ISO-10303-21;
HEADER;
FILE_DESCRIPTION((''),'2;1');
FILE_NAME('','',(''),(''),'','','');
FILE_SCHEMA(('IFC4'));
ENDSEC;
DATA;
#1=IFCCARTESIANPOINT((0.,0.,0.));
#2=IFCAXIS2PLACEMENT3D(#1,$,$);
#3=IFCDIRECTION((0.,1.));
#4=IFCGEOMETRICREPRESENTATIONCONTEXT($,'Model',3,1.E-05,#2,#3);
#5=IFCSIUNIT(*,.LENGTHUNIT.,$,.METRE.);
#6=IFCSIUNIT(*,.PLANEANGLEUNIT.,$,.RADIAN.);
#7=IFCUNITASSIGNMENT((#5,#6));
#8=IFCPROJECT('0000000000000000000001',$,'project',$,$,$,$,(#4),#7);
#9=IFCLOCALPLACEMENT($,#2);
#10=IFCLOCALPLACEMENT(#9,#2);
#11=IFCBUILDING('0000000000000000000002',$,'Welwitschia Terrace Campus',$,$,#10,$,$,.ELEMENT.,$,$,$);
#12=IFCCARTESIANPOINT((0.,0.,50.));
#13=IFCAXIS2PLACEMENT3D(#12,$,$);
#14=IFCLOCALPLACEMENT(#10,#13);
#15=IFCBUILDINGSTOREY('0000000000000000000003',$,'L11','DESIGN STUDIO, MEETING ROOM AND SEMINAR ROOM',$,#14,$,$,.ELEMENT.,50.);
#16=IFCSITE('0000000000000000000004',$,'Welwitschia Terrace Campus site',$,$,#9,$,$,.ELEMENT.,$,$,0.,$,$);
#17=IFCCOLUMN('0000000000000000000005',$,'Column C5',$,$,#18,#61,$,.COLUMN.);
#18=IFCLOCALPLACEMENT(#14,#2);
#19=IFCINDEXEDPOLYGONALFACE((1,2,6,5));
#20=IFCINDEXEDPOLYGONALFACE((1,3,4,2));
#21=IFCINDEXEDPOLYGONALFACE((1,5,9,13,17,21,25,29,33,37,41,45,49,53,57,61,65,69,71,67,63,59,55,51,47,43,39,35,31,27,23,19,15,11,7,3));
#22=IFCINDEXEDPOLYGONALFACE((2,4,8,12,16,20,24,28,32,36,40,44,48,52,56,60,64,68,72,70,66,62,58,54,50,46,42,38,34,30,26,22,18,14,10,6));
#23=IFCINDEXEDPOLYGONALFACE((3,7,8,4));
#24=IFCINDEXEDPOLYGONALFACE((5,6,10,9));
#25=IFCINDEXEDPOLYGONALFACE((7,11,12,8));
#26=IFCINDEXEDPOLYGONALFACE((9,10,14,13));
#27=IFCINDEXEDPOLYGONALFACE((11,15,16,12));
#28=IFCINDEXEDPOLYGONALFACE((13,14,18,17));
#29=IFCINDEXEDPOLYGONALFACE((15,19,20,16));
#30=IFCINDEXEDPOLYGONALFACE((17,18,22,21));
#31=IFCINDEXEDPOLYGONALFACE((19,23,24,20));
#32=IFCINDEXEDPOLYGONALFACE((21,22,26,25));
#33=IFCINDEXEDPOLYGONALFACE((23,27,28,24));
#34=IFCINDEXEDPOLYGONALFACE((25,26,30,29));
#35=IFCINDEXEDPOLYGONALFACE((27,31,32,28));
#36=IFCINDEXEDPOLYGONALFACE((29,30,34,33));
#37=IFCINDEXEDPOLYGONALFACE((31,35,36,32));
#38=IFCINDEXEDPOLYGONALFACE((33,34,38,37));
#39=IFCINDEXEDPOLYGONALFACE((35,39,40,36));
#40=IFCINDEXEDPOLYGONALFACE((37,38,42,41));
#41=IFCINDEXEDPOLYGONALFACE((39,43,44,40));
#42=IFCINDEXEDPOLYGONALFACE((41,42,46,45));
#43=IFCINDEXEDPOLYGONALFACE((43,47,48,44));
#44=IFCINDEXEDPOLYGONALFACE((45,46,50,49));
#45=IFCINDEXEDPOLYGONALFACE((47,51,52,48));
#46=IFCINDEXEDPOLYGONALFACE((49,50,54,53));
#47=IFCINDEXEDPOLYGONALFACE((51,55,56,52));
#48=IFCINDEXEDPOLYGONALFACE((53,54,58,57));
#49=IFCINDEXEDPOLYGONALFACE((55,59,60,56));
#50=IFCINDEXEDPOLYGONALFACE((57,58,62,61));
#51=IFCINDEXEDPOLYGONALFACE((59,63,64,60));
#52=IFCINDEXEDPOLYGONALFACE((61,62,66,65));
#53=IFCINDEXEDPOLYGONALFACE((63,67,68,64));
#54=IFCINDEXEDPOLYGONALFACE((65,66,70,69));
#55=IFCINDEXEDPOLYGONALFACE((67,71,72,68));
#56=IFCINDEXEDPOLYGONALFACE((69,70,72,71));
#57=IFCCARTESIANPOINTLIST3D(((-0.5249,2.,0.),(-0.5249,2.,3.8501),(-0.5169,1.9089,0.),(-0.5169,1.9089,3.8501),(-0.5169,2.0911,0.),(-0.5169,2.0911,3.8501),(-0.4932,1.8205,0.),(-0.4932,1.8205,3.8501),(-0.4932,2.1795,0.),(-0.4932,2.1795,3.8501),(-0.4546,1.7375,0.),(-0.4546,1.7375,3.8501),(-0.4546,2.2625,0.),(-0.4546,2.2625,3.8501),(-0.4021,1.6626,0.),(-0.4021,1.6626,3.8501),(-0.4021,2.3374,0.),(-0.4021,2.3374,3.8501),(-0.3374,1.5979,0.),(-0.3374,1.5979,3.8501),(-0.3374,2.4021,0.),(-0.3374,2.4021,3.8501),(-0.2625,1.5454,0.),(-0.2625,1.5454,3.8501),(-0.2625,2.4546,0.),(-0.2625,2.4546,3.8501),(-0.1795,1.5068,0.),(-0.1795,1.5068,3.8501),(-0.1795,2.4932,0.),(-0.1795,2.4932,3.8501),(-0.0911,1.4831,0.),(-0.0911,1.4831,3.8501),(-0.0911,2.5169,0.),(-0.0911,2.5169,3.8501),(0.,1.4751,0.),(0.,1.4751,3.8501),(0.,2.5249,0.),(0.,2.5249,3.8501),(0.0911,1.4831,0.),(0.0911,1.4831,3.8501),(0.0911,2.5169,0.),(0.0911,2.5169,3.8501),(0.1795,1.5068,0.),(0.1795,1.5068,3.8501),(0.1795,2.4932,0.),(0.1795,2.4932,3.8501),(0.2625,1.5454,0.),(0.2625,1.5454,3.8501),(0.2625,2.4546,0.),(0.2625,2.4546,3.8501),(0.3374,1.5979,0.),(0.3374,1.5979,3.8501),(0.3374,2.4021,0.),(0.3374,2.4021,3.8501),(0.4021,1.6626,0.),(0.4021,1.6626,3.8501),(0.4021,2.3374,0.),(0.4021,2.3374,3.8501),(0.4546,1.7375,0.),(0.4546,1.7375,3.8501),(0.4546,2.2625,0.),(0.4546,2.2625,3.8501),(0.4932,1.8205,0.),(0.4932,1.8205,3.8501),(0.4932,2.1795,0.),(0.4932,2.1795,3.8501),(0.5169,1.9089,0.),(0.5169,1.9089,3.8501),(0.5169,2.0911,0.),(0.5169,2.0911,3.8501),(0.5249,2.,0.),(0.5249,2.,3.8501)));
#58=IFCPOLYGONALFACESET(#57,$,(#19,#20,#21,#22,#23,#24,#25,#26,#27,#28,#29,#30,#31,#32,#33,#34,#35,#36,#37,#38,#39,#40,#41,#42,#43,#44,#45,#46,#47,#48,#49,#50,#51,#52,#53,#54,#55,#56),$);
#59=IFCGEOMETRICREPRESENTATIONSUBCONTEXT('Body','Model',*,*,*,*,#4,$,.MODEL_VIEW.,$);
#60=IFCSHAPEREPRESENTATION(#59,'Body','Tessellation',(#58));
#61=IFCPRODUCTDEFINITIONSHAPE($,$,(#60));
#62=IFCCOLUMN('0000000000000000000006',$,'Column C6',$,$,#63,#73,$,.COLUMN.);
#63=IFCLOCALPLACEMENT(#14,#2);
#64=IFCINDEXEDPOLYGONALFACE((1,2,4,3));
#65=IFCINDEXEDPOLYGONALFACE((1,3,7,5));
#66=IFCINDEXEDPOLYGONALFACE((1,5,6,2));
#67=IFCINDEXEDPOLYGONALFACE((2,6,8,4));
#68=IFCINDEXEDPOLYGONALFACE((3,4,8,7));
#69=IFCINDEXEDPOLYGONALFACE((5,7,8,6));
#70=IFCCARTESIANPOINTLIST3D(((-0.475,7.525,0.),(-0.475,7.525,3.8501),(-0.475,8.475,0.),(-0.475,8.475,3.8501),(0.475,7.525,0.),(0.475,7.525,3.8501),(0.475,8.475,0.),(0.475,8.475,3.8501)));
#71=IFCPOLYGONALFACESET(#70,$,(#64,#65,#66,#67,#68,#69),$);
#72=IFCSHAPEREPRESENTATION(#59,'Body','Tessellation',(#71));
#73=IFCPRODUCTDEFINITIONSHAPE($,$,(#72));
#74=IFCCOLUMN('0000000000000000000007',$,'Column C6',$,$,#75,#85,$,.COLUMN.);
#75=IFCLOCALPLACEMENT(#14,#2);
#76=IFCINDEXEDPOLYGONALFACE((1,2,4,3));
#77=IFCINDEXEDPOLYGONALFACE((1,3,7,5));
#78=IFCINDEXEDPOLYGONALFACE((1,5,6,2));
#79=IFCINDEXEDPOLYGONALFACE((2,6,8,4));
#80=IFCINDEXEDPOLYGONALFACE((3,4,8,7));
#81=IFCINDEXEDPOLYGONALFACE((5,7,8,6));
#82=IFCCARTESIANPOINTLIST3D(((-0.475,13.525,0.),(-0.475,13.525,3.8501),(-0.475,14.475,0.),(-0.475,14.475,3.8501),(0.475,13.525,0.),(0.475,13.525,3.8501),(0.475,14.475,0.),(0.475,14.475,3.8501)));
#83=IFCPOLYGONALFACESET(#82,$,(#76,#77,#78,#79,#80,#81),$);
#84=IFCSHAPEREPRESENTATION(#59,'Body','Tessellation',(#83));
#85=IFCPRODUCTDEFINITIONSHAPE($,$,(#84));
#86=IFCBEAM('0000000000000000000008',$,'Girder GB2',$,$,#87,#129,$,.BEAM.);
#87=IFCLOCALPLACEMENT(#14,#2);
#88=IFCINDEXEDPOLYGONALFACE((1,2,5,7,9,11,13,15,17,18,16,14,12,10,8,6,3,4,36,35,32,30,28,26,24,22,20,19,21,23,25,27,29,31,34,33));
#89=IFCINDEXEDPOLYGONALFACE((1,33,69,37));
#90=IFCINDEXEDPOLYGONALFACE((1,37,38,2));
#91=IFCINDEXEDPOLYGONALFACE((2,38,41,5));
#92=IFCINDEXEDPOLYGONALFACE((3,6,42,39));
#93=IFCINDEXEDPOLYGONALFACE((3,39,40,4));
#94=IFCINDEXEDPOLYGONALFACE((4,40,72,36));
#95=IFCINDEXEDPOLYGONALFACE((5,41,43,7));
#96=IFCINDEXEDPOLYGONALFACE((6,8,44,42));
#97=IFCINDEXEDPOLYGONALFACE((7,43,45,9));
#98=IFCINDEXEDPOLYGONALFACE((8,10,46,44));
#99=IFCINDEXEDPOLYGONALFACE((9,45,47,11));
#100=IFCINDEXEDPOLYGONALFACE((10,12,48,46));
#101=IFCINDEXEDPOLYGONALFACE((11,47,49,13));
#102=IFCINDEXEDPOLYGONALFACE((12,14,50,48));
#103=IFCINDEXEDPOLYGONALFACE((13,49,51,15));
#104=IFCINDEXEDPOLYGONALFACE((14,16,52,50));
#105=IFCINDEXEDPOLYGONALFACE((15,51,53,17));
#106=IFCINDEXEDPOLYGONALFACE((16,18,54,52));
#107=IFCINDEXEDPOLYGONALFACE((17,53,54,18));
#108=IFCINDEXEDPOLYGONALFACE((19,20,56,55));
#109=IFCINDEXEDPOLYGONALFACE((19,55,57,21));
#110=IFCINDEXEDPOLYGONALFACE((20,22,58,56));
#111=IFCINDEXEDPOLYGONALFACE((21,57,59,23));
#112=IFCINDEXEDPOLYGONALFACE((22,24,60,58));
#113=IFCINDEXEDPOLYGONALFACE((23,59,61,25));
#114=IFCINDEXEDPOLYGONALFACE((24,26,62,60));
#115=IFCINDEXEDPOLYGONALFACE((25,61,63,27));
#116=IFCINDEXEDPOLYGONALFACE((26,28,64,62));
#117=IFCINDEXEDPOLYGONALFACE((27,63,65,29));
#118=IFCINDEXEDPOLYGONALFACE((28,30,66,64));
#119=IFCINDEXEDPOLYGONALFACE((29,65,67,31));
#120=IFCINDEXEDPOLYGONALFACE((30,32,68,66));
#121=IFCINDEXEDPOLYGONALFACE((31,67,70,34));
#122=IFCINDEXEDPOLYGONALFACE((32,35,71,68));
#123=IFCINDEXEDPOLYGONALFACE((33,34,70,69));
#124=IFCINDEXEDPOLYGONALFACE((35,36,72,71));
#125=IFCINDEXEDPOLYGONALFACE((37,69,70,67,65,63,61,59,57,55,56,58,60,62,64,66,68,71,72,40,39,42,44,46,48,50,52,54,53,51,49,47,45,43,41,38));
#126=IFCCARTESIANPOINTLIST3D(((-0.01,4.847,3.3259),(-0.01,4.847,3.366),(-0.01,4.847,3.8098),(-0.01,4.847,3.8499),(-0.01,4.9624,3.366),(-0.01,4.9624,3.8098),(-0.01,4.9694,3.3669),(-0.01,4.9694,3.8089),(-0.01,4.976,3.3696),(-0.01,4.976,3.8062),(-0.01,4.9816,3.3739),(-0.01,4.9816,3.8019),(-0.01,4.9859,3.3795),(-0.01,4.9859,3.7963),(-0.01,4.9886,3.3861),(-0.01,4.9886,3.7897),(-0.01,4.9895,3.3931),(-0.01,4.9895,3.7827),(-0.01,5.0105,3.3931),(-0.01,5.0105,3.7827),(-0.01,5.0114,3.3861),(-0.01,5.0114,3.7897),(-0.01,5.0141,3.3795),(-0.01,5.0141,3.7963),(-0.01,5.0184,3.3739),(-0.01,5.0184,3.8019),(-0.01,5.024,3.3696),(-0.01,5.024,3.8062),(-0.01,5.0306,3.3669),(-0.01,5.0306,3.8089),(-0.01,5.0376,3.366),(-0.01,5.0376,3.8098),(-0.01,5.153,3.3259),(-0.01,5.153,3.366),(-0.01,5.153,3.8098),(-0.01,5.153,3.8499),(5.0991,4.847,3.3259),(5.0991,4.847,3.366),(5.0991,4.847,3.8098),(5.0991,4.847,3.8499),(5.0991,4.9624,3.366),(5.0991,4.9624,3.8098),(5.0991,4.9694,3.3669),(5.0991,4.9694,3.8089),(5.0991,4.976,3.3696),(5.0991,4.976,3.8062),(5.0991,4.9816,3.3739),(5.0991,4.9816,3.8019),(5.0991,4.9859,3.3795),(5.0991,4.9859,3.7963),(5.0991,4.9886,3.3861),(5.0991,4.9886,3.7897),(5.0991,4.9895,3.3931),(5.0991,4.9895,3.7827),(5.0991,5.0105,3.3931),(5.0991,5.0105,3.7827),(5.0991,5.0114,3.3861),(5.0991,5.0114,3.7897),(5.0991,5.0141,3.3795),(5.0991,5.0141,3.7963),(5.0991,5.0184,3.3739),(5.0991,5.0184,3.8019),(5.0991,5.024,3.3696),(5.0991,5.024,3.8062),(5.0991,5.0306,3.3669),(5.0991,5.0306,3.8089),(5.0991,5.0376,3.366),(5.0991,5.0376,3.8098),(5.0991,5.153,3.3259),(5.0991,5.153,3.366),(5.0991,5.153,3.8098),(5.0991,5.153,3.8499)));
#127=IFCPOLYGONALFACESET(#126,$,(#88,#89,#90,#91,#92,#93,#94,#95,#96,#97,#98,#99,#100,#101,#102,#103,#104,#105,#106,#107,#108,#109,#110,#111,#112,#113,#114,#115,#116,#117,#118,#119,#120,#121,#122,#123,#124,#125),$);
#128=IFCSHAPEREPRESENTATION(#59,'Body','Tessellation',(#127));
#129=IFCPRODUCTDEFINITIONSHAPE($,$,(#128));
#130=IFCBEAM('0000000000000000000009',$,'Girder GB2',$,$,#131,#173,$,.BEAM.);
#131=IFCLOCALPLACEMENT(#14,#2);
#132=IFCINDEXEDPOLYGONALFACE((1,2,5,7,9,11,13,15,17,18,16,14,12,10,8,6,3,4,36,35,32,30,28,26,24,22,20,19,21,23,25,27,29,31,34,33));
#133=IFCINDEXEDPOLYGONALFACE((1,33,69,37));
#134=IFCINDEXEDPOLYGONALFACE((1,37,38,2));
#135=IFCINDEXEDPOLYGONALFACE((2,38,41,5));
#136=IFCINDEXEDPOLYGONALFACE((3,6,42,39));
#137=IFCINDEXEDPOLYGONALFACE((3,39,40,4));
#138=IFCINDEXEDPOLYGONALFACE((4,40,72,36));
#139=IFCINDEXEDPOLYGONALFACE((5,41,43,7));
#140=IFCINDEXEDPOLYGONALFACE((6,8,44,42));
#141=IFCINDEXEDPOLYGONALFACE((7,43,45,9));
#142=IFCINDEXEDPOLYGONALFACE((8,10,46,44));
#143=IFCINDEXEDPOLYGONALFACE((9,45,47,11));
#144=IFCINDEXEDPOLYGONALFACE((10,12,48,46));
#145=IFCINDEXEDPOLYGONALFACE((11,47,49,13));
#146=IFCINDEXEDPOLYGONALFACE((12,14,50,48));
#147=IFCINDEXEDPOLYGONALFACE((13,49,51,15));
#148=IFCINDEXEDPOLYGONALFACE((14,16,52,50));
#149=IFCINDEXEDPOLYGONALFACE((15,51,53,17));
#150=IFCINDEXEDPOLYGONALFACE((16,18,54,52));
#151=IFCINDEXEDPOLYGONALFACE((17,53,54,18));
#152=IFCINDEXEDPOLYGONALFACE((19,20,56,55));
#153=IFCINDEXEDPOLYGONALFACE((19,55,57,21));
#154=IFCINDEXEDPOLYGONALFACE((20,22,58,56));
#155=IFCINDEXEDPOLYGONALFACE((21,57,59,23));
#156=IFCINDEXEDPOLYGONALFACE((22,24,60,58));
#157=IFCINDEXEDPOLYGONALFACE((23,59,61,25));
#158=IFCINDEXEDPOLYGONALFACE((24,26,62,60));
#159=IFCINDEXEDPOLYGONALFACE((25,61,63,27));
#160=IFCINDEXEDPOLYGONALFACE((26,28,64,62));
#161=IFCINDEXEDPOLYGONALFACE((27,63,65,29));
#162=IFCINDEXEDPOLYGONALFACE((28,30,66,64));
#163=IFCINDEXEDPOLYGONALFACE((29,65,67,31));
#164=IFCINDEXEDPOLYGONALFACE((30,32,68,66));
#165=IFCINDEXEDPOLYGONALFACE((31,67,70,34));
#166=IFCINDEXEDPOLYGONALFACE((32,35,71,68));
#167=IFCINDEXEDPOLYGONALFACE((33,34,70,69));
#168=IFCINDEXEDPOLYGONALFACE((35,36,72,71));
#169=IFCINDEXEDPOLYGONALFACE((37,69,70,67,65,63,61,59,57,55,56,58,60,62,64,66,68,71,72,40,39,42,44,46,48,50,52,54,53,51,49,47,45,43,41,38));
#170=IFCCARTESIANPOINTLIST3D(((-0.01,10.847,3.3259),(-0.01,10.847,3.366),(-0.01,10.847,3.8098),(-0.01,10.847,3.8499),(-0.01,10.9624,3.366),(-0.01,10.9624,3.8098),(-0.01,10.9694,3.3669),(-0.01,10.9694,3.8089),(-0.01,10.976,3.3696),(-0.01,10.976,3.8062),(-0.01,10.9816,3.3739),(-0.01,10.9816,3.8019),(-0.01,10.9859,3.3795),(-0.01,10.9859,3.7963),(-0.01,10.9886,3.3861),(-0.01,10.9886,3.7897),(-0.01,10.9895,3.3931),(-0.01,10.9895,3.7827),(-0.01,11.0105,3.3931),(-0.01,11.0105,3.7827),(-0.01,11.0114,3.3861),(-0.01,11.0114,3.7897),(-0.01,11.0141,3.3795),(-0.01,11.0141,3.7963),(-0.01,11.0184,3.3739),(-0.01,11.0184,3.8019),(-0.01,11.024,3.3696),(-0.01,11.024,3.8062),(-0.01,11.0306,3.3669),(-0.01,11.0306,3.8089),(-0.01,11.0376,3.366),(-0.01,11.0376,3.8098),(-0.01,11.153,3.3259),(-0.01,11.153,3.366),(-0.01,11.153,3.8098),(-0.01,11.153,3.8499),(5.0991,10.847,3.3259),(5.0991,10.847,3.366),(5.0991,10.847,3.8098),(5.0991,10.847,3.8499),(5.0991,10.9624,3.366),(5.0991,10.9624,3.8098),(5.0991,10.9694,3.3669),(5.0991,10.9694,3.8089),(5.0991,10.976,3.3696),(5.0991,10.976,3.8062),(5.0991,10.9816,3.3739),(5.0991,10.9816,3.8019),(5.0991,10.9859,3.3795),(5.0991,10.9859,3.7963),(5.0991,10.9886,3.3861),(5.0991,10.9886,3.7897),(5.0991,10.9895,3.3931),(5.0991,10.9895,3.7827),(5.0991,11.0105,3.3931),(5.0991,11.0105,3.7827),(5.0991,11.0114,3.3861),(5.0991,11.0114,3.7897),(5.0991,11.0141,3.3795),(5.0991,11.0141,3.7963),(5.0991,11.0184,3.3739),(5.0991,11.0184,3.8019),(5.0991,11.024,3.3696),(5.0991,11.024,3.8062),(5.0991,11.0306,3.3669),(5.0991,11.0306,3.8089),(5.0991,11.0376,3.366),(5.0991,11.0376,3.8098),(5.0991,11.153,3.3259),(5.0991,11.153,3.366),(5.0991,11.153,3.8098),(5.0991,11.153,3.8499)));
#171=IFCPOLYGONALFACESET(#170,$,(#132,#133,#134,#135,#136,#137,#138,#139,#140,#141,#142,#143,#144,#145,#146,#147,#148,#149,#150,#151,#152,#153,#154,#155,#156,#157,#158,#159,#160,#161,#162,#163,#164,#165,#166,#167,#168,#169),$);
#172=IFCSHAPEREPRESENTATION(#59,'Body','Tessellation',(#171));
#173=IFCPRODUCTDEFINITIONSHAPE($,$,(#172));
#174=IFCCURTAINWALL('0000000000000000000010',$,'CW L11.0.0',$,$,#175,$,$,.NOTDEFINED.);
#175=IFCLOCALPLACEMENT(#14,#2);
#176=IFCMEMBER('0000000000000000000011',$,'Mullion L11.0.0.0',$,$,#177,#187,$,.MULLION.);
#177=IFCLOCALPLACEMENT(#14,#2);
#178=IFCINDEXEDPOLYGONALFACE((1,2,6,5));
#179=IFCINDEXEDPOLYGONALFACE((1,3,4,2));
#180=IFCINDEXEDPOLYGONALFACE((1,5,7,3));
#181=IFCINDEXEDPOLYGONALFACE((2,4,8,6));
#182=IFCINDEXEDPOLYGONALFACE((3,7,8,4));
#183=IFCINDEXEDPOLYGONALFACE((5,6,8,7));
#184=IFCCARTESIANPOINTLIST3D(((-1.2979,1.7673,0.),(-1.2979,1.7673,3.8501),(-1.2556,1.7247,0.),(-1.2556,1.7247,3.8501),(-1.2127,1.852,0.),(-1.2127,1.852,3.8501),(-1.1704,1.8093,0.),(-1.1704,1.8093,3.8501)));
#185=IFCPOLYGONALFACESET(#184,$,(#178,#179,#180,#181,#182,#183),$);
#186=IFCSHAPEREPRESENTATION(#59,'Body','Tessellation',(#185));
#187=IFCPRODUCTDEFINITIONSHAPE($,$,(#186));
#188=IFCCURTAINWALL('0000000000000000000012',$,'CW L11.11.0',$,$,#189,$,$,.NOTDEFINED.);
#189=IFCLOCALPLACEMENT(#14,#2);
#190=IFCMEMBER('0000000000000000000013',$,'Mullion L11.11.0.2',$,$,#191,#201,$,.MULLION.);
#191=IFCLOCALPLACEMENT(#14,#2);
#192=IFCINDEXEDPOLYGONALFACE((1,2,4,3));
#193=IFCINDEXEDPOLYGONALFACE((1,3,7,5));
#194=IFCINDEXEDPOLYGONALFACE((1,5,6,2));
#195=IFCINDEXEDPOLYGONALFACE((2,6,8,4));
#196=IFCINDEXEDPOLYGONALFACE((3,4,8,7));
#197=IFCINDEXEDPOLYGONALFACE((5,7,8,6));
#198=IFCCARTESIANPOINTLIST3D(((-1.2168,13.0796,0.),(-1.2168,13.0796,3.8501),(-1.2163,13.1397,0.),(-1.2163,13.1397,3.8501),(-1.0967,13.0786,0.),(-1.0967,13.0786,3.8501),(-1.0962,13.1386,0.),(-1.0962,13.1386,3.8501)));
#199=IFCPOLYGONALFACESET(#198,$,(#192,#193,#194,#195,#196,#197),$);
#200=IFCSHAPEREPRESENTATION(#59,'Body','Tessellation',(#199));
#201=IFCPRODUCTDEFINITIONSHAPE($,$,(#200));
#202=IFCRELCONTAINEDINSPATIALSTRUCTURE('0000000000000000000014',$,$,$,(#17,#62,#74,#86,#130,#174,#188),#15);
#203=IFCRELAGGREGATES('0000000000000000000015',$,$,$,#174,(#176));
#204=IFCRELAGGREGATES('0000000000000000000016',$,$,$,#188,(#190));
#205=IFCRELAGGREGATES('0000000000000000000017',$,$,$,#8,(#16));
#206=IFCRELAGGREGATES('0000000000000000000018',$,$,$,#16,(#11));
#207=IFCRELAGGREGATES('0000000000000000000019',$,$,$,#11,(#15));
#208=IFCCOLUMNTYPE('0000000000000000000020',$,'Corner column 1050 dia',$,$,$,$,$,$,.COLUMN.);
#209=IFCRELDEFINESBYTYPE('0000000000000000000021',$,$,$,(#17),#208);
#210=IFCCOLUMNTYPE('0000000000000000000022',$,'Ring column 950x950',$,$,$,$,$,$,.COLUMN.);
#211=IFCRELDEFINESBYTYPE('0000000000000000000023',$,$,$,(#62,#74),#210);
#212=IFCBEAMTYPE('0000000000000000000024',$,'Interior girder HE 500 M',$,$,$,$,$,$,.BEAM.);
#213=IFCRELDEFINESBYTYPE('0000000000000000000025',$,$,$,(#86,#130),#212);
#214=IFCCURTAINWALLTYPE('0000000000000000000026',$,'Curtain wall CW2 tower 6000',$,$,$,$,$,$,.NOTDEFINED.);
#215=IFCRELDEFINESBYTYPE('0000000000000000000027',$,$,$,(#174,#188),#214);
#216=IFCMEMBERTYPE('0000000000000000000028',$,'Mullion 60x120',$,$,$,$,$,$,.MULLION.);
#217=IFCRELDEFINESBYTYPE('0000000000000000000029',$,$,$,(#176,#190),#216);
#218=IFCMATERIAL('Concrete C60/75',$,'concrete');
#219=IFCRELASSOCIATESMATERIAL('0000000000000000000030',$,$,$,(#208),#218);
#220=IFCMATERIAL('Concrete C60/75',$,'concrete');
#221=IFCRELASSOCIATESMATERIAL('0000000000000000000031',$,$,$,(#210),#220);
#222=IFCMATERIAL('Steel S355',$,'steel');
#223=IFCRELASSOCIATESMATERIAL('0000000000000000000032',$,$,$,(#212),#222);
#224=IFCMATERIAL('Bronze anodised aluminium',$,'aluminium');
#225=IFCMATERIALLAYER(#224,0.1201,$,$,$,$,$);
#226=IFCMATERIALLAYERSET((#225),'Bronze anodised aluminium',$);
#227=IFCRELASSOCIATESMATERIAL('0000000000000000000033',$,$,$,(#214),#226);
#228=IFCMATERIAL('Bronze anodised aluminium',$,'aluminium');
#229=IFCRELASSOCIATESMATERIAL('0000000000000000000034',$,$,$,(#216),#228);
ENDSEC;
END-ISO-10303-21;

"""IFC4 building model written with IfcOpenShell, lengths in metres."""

from ifc_helpers import new_model, si_unit, direction, frame, origin, origin_2d, place, context, subcontext, project, spatial, rectangle, circle, i_section, extrude, material, layer, layer_set, material_profile, profile_set, type_object, element, aggregate, save


model = new_model("IFC4")

# Units and contexts
model_context = context("Model", 3, precision=1e-05, world=origin(), true_north=direction((0.0, 1.0)))
body_context = subcontext(model_context, "Body", "Model", "MODEL_VIEW")
ifc_project = project(units=[si_unit("LENGTHUNIT", "METRE"), si_unit("PLANEANGLEUNIT", "RADIAN")], contexts=[model_context])

# Site, building, storey
site_placement = place(None, origin())
site = spatial("IfcSite", under=ifc_project, at=site_placement, Name="Welwitschia Terrace Campus site", CompositionType="ELEMENT", RefElevation=0.0)
building_placement = place(site_placement, origin())
building = spatial("IfcBuilding", under=site, at=building_placement, Name="Welwitschia Terrace Campus", CompositionType="ELEMENT")
storey_placement = place(building_placement, frame((0.0, 0.0, 50.0)))
storey = spatial("IfcBuildingStorey", under=building, at=storey_placement, Name="L11", Description="DESIGN STUDIO, MEETING ROOM AND SEMINAR ROOM", CompositionType="ELEMENT", Elevation=50.0)

# Columns
ifc_material_1 = material(Name="Concrete C60/75", Category="concrete")
ifc_material_profile_1 = material_profile(ifc_material_1, circle(Radius=0.5249, at=origin_2d()))
ifc_profile_set_1 = profile_set([ifc_material_profile_1], Name="Concrete C60/75")
column_type_1 = type_object("IfcColumnType", Name="Corner column 1050 dia", PredefinedType="COLUMN", material=ifc_profile_set_1)
column_placement = place(storey_placement, frame((0.0, 2.0, 0.0), z_axis=(0.0, 0.0, 1.0), x_axis=(1.0, 0.0, 0.0)))
element("IfcColumn", 1, at=column_placement, inside=storey, type_object=column_type_1, Name="Column C5", PredefinedType="COLUMN", context=body_context, shape_type="SweptSolid", body=[
    extrude(circle(Radius=0.5249, at=origin_2d()), origin(), (0.0, 0.0, 1.0), 3.8501),
])
ifc_material_2 = material(Name="Concrete C60/75", Category="concrete")
ifc_material_profile_2 = material_profile(ifc_material_2, rectangle(XDim=0.95, YDim=0.95, at=origin_2d()))
ifc_profile_set_2 = profile_set([ifc_material_profile_2], Name="Concrete C60/75")
column_type_2 = type_object("IfcColumnType", Name="Ring column 950x950", PredefinedType="COLUMN", material=ifc_profile_set_2)
for number, where, z_axis, x_axis, name in (
    (2, (0.0, 8.0, 0.0), (0.0, 0.0, 1.0), (1.0, 0.0, 0.0), "Column C6"),
    (3, (0.0, 14.0, 0.0), (0.0, 0.0, 1.0), (1.0, 0.0, 0.0), "Column C6"),
):
    element("IfcColumn", number, at=place(storey_placement, frame(where, z_axis=z_axis, x_axis=x_axis)), inside=storey, type_object=column_type_2, Name=name, PredefinedType="COLUMN", context=body_context, shape_type="SweptSolid", body=[
        extrude(rectangle(XDim=0.95, YDim=0.95, at=origin_2d()), origin(), (0.0, 0.0, 1.0), 3.8501),
    ])

# Beams
ifc_material_3 = material(Name="Steel S355", Category="steel")
ifc_material_profile_3 = material_profile(ifc_material_3, i_section(OverallWidth=0.3059, OverallDepth=0.5239, WebThickness=0.021, FlangeThickness=0.04, FilletRadius=0.0271, at=origin_2d()))
ifc_profile_set_3 = profile_set([ifc_material_profile_3], Name="Steel S355")
beam_type_1 = type_object("IfcBeamType", Name="Interior girder HE 500 M", PredefinedType="BEAM", material=ifc_profile_set_3)
for number, where, z_axis, x_axis, name in (
    (4, (-0.01, 5.0, 3.5879), (1.0, 0.0, 0.0), (0.0, 1.0, 0.0), "Girder GB2"),
    (5, (-0.01, 11.0, 3.5879), (1.0, 0.0, 0.0), (0.0, 1.0, 0.0), "Girder GB2"),
):
    element("IfcBeam", number, at=place(storey_placement, frame(where, z_axis=z_axis, x_axis=x_axis)), inside=storey, type_object=beam_type_1, Name=name, PredefinedType="BEAM", context=body_context, shape_type="SweptSolid", body=[
        extrude(i_section(OverallWidth=0.3059, OverallDepth=0.5239, WebThickness=0.021, FlangeThickness=0.04, FilletRadius=0.0271, at=origin_2d()), origin(), (0.0, 0.0, 1.0), 5.1091),
    ])

# Curtain wall, member
ifc_material_4 = material(Name="Bronze anodised aluminium", Category="aluminium")
ifc_layer_1 = layer(ifc_material_4, 0.1201)
ifc_layer_set_1 = layer_set([ifc_layer_1], Name="Bronze anodised aluminium")
curtain_wall_type = type_object("IfcCurtainWallType", Name="Curtain wall CW2 tower 6000", PredefinedType="NOTDEFINED", material=ifc_layer_set_1)
curtain_wall_1_placement = place(storey_placement, origin())
curtain_wall_1 = element("IfcCurtainWall", 6, at=curtain_wall_1_placement, inside=storey, type_object=curtain_wall_type, Name="CW L11.0.0", PredefinedType="NOTDEFINED")
ifc_material_5 = material(Name="Bronze anodised aluminium", Category="aluminium")
ifc_material_profile_4 = material_profile(ifc_material_5, rectangle(XDim=0.1201, YDim=0.0601, at=origin_2d()))
ifc_profile_set_4 = profile_set([ifc_material_profile_4], Name="Bronze anodised aluminium")
member_type_1 = type_object("IfcMemberType", Name="Mullion 60x120", PredefinedType="MULLION", material=ifc_profile_set_4)
member_1_placement = place(storey_placement, frame((-1.2341, 1.7883, 0.0), z_axis=(0.0, 0.0, 1.0), x_axis=(0.709727, 0.704477, 0.0)))
member_1 = element("IfcMember", 7, at=member_1_placement, type_object=member_type_1, Name="Mullion L11.0.0.0", PredefinedType="MULLION", context=body_context, shape_type="SweptSolid", body=[
    extrude(rectangle(XDim=0.1201, YDim=0.0601, at=origin_2d()), origin(), (0.0, 0.0, 1.0), 3.8501),
])

# Curtain wall, member
curtain_wall_2_placement = place(storey_placement, origin())
curtain_wall_2 = element("IfcCurtainWall", 8, at=curtain_wall_2_placement, inside=storey, type_object=curtain_wall_type, Name="CW L11.11.0", PredefinedType="NOTDEFINED")
member_2_placement = place(storey_placement, frame((-1.1565, 13.1091, 0.0), z_axis=(0.0, 0.0, 1.0), x_axis=(0.999962, -0.008727, 0.0)))
member_2 = element("IfcMember", 9, at=member_2_placement, type_object=member_type_1, Name="Mullion L11.11.0.2", PredefinedType="MULLION", context=body_context, shape_type="SweptSolid", body=[
    extrude(rectangle(XDim=0.1201, YDim=0.0601, at=origin_2d()), origin(), (0.0, 0.0, 1.0), 3.8501),
])

aggregate(curtain_wall_1, [member_1])

aggregate(curtain_wall_2, [member_2])

save(model, "model.ifc")
